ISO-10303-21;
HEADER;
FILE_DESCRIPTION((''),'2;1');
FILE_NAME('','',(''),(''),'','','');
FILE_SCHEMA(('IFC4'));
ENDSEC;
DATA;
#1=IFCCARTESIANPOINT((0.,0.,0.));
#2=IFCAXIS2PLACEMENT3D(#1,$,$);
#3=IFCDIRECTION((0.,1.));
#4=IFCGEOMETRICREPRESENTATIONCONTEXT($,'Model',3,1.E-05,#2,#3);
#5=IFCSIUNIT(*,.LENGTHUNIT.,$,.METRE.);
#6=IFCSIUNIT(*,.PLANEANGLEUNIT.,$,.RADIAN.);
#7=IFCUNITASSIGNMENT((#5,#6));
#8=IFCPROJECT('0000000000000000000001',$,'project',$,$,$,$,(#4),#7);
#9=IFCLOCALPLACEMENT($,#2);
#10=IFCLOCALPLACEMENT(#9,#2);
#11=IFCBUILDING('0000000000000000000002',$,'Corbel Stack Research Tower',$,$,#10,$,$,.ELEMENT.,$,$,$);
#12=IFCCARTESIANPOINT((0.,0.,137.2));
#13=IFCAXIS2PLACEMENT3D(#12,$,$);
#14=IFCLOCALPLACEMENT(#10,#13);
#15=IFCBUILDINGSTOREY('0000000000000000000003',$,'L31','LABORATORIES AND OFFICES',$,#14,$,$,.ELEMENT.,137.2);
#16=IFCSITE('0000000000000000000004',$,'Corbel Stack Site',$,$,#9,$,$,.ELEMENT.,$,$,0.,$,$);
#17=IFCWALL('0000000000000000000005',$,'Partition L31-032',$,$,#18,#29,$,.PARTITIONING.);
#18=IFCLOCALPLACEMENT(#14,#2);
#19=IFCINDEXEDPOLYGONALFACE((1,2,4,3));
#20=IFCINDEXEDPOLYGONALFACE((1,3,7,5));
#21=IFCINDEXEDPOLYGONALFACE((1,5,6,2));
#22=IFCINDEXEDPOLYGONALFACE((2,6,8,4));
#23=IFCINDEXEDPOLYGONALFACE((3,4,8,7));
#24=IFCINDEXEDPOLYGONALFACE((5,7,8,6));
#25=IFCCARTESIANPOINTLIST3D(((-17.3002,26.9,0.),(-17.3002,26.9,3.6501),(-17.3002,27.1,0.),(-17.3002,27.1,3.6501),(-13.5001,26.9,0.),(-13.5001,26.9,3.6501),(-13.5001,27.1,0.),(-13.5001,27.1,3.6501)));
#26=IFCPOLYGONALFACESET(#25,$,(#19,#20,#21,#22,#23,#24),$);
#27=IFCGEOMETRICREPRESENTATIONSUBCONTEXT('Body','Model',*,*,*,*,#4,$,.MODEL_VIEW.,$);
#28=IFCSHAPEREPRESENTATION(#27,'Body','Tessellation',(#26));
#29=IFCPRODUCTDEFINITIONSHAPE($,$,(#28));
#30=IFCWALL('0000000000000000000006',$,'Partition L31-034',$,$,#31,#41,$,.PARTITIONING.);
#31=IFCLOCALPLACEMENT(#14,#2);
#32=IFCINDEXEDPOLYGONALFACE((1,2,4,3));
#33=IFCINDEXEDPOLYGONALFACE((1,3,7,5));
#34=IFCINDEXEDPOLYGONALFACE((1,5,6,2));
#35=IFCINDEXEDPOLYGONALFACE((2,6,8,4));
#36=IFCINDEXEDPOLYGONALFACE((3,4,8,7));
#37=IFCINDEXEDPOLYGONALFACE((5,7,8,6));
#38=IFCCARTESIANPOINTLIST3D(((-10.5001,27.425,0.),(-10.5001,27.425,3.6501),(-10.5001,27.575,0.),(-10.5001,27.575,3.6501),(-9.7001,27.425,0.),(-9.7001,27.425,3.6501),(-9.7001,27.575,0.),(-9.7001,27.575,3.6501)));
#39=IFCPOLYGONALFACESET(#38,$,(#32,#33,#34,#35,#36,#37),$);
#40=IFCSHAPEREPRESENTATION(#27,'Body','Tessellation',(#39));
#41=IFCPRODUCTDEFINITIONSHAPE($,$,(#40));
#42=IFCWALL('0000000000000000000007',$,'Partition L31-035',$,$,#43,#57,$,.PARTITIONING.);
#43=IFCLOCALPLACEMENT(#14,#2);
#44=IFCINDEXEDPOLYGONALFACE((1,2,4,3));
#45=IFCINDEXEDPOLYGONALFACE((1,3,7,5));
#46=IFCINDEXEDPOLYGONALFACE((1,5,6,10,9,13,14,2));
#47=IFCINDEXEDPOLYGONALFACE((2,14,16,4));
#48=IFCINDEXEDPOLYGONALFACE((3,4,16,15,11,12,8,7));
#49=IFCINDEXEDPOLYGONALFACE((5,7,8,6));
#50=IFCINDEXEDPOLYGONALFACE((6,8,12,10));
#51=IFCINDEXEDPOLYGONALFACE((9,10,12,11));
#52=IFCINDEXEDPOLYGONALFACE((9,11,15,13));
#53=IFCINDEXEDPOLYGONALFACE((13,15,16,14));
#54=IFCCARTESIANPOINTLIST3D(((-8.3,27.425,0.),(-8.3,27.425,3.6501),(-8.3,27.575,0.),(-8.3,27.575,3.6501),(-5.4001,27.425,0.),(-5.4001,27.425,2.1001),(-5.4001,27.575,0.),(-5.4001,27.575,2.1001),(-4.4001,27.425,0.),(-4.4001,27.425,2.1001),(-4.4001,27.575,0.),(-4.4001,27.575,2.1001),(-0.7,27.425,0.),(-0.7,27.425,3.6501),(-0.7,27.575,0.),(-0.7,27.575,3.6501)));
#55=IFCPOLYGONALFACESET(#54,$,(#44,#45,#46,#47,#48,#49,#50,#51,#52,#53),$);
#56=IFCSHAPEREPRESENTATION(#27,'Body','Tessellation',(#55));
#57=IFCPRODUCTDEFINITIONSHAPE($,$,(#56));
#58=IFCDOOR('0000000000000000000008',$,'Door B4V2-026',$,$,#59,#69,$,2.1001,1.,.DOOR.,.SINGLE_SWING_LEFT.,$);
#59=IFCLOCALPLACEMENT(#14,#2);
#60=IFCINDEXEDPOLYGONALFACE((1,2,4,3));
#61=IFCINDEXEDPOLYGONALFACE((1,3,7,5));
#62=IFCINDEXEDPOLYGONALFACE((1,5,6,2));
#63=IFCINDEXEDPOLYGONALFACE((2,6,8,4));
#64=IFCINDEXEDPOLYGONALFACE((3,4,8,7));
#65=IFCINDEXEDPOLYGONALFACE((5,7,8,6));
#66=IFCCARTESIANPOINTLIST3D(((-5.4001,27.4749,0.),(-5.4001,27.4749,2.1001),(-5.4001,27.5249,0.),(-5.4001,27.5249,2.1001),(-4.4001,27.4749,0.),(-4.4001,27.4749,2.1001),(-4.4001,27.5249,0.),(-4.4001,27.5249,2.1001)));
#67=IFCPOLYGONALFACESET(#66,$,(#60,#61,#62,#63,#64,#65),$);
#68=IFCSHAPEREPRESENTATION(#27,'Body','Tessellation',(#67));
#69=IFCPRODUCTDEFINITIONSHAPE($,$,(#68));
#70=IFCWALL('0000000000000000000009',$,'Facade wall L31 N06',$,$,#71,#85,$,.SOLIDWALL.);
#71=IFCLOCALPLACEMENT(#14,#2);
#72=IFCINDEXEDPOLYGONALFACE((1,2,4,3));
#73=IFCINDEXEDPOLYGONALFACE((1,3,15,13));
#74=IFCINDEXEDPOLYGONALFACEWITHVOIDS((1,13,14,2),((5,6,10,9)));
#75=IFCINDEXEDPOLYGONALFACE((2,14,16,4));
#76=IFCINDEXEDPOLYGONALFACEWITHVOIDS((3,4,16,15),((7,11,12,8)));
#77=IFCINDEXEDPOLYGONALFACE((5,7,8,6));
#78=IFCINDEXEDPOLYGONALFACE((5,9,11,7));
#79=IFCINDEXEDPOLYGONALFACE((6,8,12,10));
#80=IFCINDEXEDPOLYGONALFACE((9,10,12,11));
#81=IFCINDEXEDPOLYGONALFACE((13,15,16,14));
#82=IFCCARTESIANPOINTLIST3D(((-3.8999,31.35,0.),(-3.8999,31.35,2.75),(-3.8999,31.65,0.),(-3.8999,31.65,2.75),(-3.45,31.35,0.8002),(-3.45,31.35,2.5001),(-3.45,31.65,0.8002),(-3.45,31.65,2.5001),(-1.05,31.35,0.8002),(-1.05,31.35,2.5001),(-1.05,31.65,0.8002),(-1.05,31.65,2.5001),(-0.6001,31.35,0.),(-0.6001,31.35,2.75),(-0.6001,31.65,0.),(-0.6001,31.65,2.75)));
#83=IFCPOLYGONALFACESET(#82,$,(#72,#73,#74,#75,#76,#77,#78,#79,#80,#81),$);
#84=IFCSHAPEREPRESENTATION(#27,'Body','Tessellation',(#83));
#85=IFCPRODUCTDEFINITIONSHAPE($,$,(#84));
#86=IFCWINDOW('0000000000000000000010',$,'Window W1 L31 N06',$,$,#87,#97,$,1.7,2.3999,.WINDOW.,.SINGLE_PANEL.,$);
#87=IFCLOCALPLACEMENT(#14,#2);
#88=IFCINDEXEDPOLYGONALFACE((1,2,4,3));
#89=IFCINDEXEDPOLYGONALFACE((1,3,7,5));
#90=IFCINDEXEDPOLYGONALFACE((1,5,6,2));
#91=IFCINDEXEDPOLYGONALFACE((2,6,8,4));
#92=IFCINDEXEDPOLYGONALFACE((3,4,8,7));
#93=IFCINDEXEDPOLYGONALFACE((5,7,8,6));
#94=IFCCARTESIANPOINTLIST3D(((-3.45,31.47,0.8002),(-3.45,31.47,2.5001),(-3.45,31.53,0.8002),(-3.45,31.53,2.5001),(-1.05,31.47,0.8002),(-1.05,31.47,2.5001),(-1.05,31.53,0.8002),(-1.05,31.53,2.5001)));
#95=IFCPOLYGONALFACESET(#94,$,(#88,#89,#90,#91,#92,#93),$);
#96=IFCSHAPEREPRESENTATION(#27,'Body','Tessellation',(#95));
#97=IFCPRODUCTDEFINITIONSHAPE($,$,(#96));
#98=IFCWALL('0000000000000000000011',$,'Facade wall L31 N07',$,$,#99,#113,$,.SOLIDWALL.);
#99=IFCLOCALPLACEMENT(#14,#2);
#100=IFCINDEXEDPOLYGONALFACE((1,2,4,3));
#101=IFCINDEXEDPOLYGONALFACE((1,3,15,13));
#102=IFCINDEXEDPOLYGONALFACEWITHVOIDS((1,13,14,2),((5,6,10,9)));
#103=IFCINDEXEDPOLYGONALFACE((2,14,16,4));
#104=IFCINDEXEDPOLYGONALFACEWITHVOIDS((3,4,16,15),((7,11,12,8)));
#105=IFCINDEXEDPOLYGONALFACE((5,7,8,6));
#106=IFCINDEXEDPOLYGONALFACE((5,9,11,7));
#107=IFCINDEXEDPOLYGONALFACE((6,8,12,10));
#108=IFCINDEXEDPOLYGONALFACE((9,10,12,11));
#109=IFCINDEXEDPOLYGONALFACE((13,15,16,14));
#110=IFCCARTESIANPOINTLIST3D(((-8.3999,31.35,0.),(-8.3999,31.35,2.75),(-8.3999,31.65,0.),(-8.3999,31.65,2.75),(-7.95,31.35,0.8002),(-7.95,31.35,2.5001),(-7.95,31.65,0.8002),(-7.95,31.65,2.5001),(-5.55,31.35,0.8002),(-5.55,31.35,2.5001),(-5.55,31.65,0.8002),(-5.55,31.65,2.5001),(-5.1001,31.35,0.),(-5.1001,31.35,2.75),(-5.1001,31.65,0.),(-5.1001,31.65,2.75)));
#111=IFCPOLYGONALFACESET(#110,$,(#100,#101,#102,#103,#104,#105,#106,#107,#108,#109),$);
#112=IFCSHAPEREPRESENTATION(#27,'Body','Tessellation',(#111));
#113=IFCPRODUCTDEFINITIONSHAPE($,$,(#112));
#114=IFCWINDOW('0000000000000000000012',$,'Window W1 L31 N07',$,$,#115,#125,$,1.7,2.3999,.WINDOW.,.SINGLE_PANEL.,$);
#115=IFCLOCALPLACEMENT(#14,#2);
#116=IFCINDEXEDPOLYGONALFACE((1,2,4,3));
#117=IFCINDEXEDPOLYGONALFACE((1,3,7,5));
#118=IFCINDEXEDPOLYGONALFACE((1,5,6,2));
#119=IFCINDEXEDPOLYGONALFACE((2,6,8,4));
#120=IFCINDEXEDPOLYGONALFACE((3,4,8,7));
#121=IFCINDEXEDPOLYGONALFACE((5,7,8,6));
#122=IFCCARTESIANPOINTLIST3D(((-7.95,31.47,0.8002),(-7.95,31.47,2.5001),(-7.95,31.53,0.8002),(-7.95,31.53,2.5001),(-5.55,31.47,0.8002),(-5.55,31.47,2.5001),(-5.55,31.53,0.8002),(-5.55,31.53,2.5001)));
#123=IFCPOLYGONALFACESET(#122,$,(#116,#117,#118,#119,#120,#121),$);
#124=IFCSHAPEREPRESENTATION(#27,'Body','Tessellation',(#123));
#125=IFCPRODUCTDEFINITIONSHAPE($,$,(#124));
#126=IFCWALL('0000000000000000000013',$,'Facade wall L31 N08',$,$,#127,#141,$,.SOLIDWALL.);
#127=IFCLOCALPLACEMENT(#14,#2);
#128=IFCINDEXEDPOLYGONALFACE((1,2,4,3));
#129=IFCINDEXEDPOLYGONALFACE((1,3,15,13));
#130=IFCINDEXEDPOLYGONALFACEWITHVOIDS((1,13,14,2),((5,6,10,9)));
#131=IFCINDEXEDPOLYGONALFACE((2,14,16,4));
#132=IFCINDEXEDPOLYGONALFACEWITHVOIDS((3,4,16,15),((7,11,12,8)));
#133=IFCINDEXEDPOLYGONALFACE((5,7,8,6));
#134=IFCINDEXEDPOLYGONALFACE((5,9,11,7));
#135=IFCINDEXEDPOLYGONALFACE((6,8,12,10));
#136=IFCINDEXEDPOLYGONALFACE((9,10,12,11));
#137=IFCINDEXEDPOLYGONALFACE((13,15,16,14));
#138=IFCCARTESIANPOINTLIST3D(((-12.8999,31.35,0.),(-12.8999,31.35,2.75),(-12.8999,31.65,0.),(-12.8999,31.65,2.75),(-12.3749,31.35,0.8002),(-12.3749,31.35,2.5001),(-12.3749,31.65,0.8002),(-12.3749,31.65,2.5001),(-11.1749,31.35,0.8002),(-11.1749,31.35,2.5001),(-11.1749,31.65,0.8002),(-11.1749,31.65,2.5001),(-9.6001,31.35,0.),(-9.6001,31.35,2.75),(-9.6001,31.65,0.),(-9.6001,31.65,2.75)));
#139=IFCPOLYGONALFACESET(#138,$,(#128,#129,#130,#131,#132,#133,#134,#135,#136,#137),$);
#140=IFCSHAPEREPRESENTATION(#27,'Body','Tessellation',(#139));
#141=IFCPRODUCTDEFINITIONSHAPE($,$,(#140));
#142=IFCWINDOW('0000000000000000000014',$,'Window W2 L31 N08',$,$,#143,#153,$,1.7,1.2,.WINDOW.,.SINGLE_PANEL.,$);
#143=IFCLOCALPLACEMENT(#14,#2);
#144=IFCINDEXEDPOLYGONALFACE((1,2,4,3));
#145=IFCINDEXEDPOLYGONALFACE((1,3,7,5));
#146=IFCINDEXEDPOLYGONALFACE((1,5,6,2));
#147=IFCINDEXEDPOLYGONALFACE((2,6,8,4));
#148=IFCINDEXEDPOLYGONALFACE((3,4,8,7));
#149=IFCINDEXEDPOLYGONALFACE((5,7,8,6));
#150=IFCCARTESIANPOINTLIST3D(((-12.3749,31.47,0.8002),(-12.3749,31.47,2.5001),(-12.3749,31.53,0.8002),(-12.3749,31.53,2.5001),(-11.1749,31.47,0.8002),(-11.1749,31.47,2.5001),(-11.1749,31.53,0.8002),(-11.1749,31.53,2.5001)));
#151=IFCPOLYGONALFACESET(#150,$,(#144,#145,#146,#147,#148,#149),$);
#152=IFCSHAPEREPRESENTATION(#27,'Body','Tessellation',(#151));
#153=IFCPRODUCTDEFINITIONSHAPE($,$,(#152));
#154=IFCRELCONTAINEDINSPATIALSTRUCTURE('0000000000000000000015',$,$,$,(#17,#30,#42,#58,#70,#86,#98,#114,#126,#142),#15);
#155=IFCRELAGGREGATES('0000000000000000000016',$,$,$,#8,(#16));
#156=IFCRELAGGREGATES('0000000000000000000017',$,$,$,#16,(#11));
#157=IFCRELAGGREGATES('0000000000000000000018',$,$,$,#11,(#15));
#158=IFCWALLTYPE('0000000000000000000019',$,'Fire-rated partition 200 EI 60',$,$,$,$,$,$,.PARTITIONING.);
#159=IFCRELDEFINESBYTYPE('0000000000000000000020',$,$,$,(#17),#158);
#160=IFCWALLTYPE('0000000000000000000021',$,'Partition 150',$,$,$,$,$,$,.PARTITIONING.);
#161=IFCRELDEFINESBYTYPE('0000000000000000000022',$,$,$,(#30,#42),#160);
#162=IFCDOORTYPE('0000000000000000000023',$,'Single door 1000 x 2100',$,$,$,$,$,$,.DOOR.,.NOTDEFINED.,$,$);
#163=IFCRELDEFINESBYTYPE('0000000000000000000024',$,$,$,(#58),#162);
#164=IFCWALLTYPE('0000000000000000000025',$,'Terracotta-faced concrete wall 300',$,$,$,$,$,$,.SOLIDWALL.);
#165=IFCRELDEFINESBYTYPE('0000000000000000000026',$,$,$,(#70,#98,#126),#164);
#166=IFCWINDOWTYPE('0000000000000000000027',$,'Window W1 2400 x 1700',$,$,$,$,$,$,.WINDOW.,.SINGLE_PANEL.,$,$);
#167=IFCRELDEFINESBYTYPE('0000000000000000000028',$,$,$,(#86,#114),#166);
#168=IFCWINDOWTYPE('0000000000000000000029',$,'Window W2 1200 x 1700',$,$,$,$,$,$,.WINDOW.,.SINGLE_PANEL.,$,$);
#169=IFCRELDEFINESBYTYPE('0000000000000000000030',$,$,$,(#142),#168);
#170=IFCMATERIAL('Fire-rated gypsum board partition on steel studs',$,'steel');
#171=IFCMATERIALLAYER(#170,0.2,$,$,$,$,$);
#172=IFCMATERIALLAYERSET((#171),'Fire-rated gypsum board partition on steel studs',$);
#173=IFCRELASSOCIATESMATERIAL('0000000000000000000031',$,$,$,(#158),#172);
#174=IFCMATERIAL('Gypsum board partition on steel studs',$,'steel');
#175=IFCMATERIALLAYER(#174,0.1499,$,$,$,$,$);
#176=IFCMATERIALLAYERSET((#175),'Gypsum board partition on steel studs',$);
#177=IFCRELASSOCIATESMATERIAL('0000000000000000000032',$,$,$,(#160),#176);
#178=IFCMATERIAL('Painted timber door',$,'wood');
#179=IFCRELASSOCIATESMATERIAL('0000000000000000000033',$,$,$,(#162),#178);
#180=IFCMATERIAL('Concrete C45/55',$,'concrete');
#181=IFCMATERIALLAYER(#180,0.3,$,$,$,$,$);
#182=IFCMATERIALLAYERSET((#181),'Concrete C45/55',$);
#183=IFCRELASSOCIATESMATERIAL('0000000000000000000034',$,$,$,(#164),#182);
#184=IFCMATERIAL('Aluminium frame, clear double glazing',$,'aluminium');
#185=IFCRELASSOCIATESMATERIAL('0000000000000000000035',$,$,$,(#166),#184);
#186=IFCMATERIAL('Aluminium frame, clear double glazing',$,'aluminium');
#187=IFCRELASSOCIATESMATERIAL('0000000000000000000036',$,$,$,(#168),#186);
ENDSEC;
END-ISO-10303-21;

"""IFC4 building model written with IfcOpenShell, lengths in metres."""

from ifc_helpers import new_model, si_unit, direction, frame, frame_2d, origin, place, context, subcontext, project, spatial, rectangle, extrude, material, layer, layer_set, type_object, element, fill, save


model = new_model("IFC4")

# Units and contexts
model_context = context("Model", 3, precision=1e-05, world=origin(), true_north=direction((0.0, 1.0)))
body_context = subcontext(model_context, "Body", "Model", "MODEL_VIEW")
ifc_project = project(units=[si_unit("LENGTHUNIT", "METRE"), si_unit("PLANEANGLEUNIT", "RADIAN")], contexts=[model_context])

# Site, building, storey
site_placement = place(None, origin())
site = spatial("IfcSite", under=ifc_project, at=site_placement, Name="Corbel Stack Site", CompositionType="ELEMENT", RefElevation=0.0)
building_placement = place(site_placement, origin())
building = spatial("IfcBuilding", under=site, at=building_placement, Name="Corbel Stack Research Tower", CompositionType="ELEMENT")
storey_placement = place(building_placement, frame((0.0, 0.0, 137.2)))
storey = spatial("IfcBuildingStorey", under=building, at=storey_placement, Name="L31", Description="LABORATORIES AND OFFICES", CompositionType="ELEMENT", Elevation=137.2)

# Shared definitions
ifc_material_1 = material(Name="Fire-rated gypsum board partition on steel studs", Category="steel")
ifc_layer_1 = layer(ifc_material_1, 0.2)
ifc_layer_set_1 = layer_set([ifc_layer_1], Name="Fire-rated gypsum board partition on steel studs")
wall_type_1 = type_object("IfcWallType", Name="Fire-rated partition 200 EI 60", PredefinedType="PARTITIONING", material=ifc_layer_set_1)

# Walls
wall_1_placement = place(storey_placement, frame((-17.3, 27.0, 0.0), z_axis=(0.0, 0.0, 1.0), x_axis=(1.0, 0.0, 0.0)))
element("IfcWall", 1, at=wall_1_placement, inside=storey, type_object=wall_type_1, Name="Partition L31-032", PredefinedType="PARTITIONING", context=body_context, shape_type="SweptSolid", body=[
    extrude(rectangle(XDim=3.8, YDim=0.2, at=frame_2d((1.8999, 0.0))), origin(), (0.0, 0.0, 1.0), 3.6501),
])
ifc_material_2 = material(Name="Gypsum board partition on steel studs", Category="steel")
ifc_layer_2 = layer(ifc_material_2, 0.1499)
ifc_layer_set_2 = layer_set([ifc_layer_2], Name="Gypsum board partition on steel studs")
wall_type_2 = type_object("IfcWallType", Name="Partition 150", PredefinedType="PARTITIONING", material=ifc_layer_set_2)
wall_2_placement = place(storey_placement, frame((-10.5, 27.5, 0.0), z_axis=(0.0, 0.0, 1.0), x_axis=(1.0, 0.0, 0.0)))
element("IfcWall", 2, at=wall_2_placement, inside=storey, type_object=wall_type_2, Name="Partition L31-034", PredefinedType="PARTITIONING", context=body_context, shape_type="SweptSolid", body=[
    extrude(rectangle(XDim=0.8, YDim=0.1499, at=frame_2d((0.3999, 0.0))), origin(), (0.0, 0.0, 1.0), 3.6501),
])

# Wall, opening, door
wall_3_placement = place(storey_placement, frame((-8.3, 27.5, 0.0), z_axis=(0.0, 0.0, 1.0), x_axis=(1.0, 0.0, 0.0)))
wall_3 = element("IfcWall", 3, at=wall_3_placement, inside=storey, type_object=wall_type_2, Name="Partition L31-035", PredefinedType="PARTITIONING", context=body_context, shape_type="SweptSolid", body=[
    extrude(rectangle(XDim=7.6001, YDim=0.1499, at=frame_2d((3.8, 0.0))), origin(), (0.0, 0.0, 1.0), 3.6501),
])
opening_1_placement = place(wall_3_placement, frame((2.8999, 0.0, 0.0)))
opening_1 = element("IfcOpeningElement", 4, at=opening_1_placement, cuts=wall_3, PredefinedType="OPENING", context=body_context, shape_type="SweptSolid", body=[
    extrude(rectangle(XDim=1.0, YDim=2.1001, at=frame_2d((0.5, 1.05))), frame((0.0, 0.085, 0.0), z_axis=(0.0, -1.0, 0.0), x_axis=(1.0, 0.0, 0.0)), (0.0, 0.0, 1.0), 0.1699),
])
ifc_material_3 = material(Name="Painted timber door", Category="wood")
door_type_1 = type_object("IfcDoorType", Name="Single door 1000 x 2100", OperationType="NOTDEFINED", PredefinedType="DOOR", material=ifc_material_3)
door_1_placement = place(opening_1_placement, origin())
door_1 = element("IfcDoor", 5, at=door_1_placement, inside=storey, type_object=door_type_1, Name="Door B4V2-026", OperationType="SINGLE_SWING_LEFT", OverallHeight=2.1001, OverallWidth=1.0, PredefinedType="DOOR", context=body_context, shape_type="SweptSolid", body=[
    extrude(rectangle(XDim=1.0, YDim=2.1001, at=frame_2d((0.5, 1.05))), frame((0.0, 0.0249, 0.0), z_axis=(0.0, -1.0, 0.0), x_axis=(1.0, 0.0, 0.0)), (0.0, 0.0, 1.0), 0.05),
])
fill(opening_1, door_1)

# Walls, openings, windows
ifc_material_4 = material(Name="Concrete C45/55", Category="concrete")
ifc_layer_3 = layer(ifc_material_4, 0.3)
ifc_layer_set_3 = layer_set([ifc_layer_3], Name="Concrete C45/55")
wall_type_3 = type_object("IfcWallType", Name="Terracotta-faced concrete wall 300", PredefinedType="SOLIDWALL", material=ifc_layer_set_3)
wall_4_placement = place(storey_placement, frame((-3.8999, 31.5, 0.0), z_axis=(0.0, 0.0, 1.0), x_axis=(1.0, 0.0, 0.0)))
wall_4 = element("IfcWall", 6, at=wall_4_placement, inside=storey, type_object=wall_type_3, Name="Facade wall L31 N06", PredefinedType="SOLIDWALL", context=body_context, shape_type="SweptSolid", body=[
    extrude(rectangle(XDim=3.2998, YDim=0.3, at=frame_2d((1.6499, 0.0))), origin(), (0.0, 0.0, 1.0), 2.75),
])
opening_2_placement = place(wall_4_placement, frame((0.45, 0.0, 0.8)))
opening_2 = element("IfcOpeningElement", 7, at=opening_2_placement, cuts=wall_4, PredefinedType="OPENING", context=body_context, shape_type="SweptSolid", body=[
    extrude(rectangle(XDim=2.3999, YDim=1.7, at=frame_2d((1.2, 0.8501))), frame((0.0, 0.1599, 0.0), z_axis=(0.0, -1.0, 0.0), x_axis=(1.0, 0.0, 0.0)), (0.0, 0.0, 1.0), 0.3201),
])
ifc_material_5 = material(Name="Aluminium frame, clear double glazing", Category="aluminium")
window_type_1 = type_object("IfcWindowType", Name="Window W1 2400 x 1700", PartitioningType="SINGLE_PANEL", PredefinedType="WINDOW", material=ifc_material_5)
window_1_placement = place(opening_2_placement, origin())
window_1 = element("IfcWindow", 8, at=window_1_placement, inside=storey, type_object=window_type_1, Name="Window W1 L31 N06", OverallHeight=1.7, OverallWidth=2.3999, PartitioningType="SINGLE_PANEL", PredefinedType="WINDOW", context=body_context, shape_type="SweptSolid", body=[
    extrude(rectangle(XDim=2.3999, YDim=1.7, at=frame_2d((1.2, 0.8501))), frame((0.0, 0.03, 0.0), z_axis=(0.0, -1.0, 0.0), x_axis=(1.0, 0.0, 0.0)), (0.0, 0.0, 1.0), 0.0601),
])
fill(opening_2, window_1)
wall_5_placement = place(storey_placement, frame((-8.3999, 31.5, 0.0), z_axis=(0.0, 0.0, 1.0), x_axis=(1.0, 0.0, 0.0)))
wall_5 = element("IfcWall", 9, at=wall_5_placement, inside=storey, type_object=wall_type_3, Name="Facade wall L31 N07", PredefinedType="SOLIDWALL", context=body_context, shape_type="SweptSolid", body=[
    extrude(rectangle(XDim=3.2998, YDim=0.3, at=frame_2d((1.6499, 0.0))), origin(), (0.0, 0.0, 1.0), 2.75),
])
opening_3_placement = place(wall_5_placement, frame((0.45, 0.0, 0.8)))
opening_3 = element("IfcOpeningElement", 10, at=opening_3_placement, cuts=wall_5, PredefinedType="OPENING", context=body_context, shape_type="SweptSolid", body=[
    extrude(rectangle(XDim=2.3999, YDim=1.7, at=frame_2d((1.2, 0.8501))), frame((0.0, 0.1599, 0.0), z_axis=(0.0, -1.0, 0.0), x_axis=(1.0, 0.0, 0.0)), (0.0, 0.0, 1.0), 0.3201),
])
window_2_placement = place(opening_3_placement, origin())
window_2 = element("IfcWindow", 11, at=window_2_placement, inside=storey, type_object=window_type_1, Name="Window W1 L31 N07", OverallHeight=1.7, OverallWidth=2.3999, PartitioningType="SINGLE_PANEL", PredefinedType="WINDOW", context=body_context, shape_type="SweptSolid", body=[
    extrude(rectangle(XDim=2.3999, YDim=1.7, at=frame_2d((1.2, 0.8501))), frame((0.0, 0.03, 0.0), z_axis=(0.0, -1.0, 0.0), x_axis=(1.0, 0.0, 0.0)), (0.0, 0.0, 1.0), 0.0601),
])
fill(opening_3, window_2)
wall_6_placement = place(storey_placement, frame((-12.8999, 31.5, 0.0), z_axis=(0.0, 0.0, 1.0), x_axis=(1.0, 0.0, 0.0)))
wall_6 = element("IfcWall", 12, at=wall_6_placement, inside=storey, type_object=wall_type_3, Name="Facade wall L31 N08", PredefinedType="SOLIDWALL", context=body_context, shape_type="SweptSolid", body=[
    extrude(rectangle(XDim=3.2998, YDim=0.3, at=frame_2d((1.6499, 0.0))), origin(), (0.0, 0.0, 1.0), 2.75),
])
opening_4_placement = place(wall_6_placement, frame((0.5249, 0.0, 0.8)))
opening_4 = element("IfcOpeningElement", 13, at=opening_4_placement, cuts=wall_6, PredefinedType="OPENING", context=body_context, shape_type="SweptSolid", body=[
    extrude(rectangle(XDim=1.2, YDim=1.7, at=frame_2d((0.6001, 0.8501))), frame((0.0, 0.1599, 0.0), z_axis=(0.0, -1.0, 0.0), x_axis=(1.0, 0.0, 0.0)), (0.0, 0.0, 1.0), 0.3201),
])
ifc_material_6 = material(Name="Aluminium frame, clear double glazing", Category="aluminium")
window_type_2 = type_object("IfcWindowType", Name="Window W2 1200 x 1700", PartitioningType="SINGLE_PANEL", PredefinedType="WINDOW", material=ifc_material_6)
window_3_placement = place(opening_4_placement, origin())
window_3 = element("IfcWindow", 14, at=window_3_placement, inside=storey, type_object=window_type_2, Name="Window W2 L31 N08", OverallHeight=1.7, OverallWidth=1.2, PartitioningType="SINGLE_PANEL", PredefinedType="WINDOW", context=body_context, shape_type="SweptSolid", body=[
    extrude(rectangle(XDim=1.2, YDim=1.7, at=frame_2d((0.6001, 0.8501))), frame((0.0, 0.03, 0.0), z_axis=(0.0, -1.0, 0.0), x_axis=(1.0, 0.0, 0.0)), (0.0, 0.0, 1.0), 0.0601),
])
fill(opening_4, window_3)

save(model, "model.ifc")
